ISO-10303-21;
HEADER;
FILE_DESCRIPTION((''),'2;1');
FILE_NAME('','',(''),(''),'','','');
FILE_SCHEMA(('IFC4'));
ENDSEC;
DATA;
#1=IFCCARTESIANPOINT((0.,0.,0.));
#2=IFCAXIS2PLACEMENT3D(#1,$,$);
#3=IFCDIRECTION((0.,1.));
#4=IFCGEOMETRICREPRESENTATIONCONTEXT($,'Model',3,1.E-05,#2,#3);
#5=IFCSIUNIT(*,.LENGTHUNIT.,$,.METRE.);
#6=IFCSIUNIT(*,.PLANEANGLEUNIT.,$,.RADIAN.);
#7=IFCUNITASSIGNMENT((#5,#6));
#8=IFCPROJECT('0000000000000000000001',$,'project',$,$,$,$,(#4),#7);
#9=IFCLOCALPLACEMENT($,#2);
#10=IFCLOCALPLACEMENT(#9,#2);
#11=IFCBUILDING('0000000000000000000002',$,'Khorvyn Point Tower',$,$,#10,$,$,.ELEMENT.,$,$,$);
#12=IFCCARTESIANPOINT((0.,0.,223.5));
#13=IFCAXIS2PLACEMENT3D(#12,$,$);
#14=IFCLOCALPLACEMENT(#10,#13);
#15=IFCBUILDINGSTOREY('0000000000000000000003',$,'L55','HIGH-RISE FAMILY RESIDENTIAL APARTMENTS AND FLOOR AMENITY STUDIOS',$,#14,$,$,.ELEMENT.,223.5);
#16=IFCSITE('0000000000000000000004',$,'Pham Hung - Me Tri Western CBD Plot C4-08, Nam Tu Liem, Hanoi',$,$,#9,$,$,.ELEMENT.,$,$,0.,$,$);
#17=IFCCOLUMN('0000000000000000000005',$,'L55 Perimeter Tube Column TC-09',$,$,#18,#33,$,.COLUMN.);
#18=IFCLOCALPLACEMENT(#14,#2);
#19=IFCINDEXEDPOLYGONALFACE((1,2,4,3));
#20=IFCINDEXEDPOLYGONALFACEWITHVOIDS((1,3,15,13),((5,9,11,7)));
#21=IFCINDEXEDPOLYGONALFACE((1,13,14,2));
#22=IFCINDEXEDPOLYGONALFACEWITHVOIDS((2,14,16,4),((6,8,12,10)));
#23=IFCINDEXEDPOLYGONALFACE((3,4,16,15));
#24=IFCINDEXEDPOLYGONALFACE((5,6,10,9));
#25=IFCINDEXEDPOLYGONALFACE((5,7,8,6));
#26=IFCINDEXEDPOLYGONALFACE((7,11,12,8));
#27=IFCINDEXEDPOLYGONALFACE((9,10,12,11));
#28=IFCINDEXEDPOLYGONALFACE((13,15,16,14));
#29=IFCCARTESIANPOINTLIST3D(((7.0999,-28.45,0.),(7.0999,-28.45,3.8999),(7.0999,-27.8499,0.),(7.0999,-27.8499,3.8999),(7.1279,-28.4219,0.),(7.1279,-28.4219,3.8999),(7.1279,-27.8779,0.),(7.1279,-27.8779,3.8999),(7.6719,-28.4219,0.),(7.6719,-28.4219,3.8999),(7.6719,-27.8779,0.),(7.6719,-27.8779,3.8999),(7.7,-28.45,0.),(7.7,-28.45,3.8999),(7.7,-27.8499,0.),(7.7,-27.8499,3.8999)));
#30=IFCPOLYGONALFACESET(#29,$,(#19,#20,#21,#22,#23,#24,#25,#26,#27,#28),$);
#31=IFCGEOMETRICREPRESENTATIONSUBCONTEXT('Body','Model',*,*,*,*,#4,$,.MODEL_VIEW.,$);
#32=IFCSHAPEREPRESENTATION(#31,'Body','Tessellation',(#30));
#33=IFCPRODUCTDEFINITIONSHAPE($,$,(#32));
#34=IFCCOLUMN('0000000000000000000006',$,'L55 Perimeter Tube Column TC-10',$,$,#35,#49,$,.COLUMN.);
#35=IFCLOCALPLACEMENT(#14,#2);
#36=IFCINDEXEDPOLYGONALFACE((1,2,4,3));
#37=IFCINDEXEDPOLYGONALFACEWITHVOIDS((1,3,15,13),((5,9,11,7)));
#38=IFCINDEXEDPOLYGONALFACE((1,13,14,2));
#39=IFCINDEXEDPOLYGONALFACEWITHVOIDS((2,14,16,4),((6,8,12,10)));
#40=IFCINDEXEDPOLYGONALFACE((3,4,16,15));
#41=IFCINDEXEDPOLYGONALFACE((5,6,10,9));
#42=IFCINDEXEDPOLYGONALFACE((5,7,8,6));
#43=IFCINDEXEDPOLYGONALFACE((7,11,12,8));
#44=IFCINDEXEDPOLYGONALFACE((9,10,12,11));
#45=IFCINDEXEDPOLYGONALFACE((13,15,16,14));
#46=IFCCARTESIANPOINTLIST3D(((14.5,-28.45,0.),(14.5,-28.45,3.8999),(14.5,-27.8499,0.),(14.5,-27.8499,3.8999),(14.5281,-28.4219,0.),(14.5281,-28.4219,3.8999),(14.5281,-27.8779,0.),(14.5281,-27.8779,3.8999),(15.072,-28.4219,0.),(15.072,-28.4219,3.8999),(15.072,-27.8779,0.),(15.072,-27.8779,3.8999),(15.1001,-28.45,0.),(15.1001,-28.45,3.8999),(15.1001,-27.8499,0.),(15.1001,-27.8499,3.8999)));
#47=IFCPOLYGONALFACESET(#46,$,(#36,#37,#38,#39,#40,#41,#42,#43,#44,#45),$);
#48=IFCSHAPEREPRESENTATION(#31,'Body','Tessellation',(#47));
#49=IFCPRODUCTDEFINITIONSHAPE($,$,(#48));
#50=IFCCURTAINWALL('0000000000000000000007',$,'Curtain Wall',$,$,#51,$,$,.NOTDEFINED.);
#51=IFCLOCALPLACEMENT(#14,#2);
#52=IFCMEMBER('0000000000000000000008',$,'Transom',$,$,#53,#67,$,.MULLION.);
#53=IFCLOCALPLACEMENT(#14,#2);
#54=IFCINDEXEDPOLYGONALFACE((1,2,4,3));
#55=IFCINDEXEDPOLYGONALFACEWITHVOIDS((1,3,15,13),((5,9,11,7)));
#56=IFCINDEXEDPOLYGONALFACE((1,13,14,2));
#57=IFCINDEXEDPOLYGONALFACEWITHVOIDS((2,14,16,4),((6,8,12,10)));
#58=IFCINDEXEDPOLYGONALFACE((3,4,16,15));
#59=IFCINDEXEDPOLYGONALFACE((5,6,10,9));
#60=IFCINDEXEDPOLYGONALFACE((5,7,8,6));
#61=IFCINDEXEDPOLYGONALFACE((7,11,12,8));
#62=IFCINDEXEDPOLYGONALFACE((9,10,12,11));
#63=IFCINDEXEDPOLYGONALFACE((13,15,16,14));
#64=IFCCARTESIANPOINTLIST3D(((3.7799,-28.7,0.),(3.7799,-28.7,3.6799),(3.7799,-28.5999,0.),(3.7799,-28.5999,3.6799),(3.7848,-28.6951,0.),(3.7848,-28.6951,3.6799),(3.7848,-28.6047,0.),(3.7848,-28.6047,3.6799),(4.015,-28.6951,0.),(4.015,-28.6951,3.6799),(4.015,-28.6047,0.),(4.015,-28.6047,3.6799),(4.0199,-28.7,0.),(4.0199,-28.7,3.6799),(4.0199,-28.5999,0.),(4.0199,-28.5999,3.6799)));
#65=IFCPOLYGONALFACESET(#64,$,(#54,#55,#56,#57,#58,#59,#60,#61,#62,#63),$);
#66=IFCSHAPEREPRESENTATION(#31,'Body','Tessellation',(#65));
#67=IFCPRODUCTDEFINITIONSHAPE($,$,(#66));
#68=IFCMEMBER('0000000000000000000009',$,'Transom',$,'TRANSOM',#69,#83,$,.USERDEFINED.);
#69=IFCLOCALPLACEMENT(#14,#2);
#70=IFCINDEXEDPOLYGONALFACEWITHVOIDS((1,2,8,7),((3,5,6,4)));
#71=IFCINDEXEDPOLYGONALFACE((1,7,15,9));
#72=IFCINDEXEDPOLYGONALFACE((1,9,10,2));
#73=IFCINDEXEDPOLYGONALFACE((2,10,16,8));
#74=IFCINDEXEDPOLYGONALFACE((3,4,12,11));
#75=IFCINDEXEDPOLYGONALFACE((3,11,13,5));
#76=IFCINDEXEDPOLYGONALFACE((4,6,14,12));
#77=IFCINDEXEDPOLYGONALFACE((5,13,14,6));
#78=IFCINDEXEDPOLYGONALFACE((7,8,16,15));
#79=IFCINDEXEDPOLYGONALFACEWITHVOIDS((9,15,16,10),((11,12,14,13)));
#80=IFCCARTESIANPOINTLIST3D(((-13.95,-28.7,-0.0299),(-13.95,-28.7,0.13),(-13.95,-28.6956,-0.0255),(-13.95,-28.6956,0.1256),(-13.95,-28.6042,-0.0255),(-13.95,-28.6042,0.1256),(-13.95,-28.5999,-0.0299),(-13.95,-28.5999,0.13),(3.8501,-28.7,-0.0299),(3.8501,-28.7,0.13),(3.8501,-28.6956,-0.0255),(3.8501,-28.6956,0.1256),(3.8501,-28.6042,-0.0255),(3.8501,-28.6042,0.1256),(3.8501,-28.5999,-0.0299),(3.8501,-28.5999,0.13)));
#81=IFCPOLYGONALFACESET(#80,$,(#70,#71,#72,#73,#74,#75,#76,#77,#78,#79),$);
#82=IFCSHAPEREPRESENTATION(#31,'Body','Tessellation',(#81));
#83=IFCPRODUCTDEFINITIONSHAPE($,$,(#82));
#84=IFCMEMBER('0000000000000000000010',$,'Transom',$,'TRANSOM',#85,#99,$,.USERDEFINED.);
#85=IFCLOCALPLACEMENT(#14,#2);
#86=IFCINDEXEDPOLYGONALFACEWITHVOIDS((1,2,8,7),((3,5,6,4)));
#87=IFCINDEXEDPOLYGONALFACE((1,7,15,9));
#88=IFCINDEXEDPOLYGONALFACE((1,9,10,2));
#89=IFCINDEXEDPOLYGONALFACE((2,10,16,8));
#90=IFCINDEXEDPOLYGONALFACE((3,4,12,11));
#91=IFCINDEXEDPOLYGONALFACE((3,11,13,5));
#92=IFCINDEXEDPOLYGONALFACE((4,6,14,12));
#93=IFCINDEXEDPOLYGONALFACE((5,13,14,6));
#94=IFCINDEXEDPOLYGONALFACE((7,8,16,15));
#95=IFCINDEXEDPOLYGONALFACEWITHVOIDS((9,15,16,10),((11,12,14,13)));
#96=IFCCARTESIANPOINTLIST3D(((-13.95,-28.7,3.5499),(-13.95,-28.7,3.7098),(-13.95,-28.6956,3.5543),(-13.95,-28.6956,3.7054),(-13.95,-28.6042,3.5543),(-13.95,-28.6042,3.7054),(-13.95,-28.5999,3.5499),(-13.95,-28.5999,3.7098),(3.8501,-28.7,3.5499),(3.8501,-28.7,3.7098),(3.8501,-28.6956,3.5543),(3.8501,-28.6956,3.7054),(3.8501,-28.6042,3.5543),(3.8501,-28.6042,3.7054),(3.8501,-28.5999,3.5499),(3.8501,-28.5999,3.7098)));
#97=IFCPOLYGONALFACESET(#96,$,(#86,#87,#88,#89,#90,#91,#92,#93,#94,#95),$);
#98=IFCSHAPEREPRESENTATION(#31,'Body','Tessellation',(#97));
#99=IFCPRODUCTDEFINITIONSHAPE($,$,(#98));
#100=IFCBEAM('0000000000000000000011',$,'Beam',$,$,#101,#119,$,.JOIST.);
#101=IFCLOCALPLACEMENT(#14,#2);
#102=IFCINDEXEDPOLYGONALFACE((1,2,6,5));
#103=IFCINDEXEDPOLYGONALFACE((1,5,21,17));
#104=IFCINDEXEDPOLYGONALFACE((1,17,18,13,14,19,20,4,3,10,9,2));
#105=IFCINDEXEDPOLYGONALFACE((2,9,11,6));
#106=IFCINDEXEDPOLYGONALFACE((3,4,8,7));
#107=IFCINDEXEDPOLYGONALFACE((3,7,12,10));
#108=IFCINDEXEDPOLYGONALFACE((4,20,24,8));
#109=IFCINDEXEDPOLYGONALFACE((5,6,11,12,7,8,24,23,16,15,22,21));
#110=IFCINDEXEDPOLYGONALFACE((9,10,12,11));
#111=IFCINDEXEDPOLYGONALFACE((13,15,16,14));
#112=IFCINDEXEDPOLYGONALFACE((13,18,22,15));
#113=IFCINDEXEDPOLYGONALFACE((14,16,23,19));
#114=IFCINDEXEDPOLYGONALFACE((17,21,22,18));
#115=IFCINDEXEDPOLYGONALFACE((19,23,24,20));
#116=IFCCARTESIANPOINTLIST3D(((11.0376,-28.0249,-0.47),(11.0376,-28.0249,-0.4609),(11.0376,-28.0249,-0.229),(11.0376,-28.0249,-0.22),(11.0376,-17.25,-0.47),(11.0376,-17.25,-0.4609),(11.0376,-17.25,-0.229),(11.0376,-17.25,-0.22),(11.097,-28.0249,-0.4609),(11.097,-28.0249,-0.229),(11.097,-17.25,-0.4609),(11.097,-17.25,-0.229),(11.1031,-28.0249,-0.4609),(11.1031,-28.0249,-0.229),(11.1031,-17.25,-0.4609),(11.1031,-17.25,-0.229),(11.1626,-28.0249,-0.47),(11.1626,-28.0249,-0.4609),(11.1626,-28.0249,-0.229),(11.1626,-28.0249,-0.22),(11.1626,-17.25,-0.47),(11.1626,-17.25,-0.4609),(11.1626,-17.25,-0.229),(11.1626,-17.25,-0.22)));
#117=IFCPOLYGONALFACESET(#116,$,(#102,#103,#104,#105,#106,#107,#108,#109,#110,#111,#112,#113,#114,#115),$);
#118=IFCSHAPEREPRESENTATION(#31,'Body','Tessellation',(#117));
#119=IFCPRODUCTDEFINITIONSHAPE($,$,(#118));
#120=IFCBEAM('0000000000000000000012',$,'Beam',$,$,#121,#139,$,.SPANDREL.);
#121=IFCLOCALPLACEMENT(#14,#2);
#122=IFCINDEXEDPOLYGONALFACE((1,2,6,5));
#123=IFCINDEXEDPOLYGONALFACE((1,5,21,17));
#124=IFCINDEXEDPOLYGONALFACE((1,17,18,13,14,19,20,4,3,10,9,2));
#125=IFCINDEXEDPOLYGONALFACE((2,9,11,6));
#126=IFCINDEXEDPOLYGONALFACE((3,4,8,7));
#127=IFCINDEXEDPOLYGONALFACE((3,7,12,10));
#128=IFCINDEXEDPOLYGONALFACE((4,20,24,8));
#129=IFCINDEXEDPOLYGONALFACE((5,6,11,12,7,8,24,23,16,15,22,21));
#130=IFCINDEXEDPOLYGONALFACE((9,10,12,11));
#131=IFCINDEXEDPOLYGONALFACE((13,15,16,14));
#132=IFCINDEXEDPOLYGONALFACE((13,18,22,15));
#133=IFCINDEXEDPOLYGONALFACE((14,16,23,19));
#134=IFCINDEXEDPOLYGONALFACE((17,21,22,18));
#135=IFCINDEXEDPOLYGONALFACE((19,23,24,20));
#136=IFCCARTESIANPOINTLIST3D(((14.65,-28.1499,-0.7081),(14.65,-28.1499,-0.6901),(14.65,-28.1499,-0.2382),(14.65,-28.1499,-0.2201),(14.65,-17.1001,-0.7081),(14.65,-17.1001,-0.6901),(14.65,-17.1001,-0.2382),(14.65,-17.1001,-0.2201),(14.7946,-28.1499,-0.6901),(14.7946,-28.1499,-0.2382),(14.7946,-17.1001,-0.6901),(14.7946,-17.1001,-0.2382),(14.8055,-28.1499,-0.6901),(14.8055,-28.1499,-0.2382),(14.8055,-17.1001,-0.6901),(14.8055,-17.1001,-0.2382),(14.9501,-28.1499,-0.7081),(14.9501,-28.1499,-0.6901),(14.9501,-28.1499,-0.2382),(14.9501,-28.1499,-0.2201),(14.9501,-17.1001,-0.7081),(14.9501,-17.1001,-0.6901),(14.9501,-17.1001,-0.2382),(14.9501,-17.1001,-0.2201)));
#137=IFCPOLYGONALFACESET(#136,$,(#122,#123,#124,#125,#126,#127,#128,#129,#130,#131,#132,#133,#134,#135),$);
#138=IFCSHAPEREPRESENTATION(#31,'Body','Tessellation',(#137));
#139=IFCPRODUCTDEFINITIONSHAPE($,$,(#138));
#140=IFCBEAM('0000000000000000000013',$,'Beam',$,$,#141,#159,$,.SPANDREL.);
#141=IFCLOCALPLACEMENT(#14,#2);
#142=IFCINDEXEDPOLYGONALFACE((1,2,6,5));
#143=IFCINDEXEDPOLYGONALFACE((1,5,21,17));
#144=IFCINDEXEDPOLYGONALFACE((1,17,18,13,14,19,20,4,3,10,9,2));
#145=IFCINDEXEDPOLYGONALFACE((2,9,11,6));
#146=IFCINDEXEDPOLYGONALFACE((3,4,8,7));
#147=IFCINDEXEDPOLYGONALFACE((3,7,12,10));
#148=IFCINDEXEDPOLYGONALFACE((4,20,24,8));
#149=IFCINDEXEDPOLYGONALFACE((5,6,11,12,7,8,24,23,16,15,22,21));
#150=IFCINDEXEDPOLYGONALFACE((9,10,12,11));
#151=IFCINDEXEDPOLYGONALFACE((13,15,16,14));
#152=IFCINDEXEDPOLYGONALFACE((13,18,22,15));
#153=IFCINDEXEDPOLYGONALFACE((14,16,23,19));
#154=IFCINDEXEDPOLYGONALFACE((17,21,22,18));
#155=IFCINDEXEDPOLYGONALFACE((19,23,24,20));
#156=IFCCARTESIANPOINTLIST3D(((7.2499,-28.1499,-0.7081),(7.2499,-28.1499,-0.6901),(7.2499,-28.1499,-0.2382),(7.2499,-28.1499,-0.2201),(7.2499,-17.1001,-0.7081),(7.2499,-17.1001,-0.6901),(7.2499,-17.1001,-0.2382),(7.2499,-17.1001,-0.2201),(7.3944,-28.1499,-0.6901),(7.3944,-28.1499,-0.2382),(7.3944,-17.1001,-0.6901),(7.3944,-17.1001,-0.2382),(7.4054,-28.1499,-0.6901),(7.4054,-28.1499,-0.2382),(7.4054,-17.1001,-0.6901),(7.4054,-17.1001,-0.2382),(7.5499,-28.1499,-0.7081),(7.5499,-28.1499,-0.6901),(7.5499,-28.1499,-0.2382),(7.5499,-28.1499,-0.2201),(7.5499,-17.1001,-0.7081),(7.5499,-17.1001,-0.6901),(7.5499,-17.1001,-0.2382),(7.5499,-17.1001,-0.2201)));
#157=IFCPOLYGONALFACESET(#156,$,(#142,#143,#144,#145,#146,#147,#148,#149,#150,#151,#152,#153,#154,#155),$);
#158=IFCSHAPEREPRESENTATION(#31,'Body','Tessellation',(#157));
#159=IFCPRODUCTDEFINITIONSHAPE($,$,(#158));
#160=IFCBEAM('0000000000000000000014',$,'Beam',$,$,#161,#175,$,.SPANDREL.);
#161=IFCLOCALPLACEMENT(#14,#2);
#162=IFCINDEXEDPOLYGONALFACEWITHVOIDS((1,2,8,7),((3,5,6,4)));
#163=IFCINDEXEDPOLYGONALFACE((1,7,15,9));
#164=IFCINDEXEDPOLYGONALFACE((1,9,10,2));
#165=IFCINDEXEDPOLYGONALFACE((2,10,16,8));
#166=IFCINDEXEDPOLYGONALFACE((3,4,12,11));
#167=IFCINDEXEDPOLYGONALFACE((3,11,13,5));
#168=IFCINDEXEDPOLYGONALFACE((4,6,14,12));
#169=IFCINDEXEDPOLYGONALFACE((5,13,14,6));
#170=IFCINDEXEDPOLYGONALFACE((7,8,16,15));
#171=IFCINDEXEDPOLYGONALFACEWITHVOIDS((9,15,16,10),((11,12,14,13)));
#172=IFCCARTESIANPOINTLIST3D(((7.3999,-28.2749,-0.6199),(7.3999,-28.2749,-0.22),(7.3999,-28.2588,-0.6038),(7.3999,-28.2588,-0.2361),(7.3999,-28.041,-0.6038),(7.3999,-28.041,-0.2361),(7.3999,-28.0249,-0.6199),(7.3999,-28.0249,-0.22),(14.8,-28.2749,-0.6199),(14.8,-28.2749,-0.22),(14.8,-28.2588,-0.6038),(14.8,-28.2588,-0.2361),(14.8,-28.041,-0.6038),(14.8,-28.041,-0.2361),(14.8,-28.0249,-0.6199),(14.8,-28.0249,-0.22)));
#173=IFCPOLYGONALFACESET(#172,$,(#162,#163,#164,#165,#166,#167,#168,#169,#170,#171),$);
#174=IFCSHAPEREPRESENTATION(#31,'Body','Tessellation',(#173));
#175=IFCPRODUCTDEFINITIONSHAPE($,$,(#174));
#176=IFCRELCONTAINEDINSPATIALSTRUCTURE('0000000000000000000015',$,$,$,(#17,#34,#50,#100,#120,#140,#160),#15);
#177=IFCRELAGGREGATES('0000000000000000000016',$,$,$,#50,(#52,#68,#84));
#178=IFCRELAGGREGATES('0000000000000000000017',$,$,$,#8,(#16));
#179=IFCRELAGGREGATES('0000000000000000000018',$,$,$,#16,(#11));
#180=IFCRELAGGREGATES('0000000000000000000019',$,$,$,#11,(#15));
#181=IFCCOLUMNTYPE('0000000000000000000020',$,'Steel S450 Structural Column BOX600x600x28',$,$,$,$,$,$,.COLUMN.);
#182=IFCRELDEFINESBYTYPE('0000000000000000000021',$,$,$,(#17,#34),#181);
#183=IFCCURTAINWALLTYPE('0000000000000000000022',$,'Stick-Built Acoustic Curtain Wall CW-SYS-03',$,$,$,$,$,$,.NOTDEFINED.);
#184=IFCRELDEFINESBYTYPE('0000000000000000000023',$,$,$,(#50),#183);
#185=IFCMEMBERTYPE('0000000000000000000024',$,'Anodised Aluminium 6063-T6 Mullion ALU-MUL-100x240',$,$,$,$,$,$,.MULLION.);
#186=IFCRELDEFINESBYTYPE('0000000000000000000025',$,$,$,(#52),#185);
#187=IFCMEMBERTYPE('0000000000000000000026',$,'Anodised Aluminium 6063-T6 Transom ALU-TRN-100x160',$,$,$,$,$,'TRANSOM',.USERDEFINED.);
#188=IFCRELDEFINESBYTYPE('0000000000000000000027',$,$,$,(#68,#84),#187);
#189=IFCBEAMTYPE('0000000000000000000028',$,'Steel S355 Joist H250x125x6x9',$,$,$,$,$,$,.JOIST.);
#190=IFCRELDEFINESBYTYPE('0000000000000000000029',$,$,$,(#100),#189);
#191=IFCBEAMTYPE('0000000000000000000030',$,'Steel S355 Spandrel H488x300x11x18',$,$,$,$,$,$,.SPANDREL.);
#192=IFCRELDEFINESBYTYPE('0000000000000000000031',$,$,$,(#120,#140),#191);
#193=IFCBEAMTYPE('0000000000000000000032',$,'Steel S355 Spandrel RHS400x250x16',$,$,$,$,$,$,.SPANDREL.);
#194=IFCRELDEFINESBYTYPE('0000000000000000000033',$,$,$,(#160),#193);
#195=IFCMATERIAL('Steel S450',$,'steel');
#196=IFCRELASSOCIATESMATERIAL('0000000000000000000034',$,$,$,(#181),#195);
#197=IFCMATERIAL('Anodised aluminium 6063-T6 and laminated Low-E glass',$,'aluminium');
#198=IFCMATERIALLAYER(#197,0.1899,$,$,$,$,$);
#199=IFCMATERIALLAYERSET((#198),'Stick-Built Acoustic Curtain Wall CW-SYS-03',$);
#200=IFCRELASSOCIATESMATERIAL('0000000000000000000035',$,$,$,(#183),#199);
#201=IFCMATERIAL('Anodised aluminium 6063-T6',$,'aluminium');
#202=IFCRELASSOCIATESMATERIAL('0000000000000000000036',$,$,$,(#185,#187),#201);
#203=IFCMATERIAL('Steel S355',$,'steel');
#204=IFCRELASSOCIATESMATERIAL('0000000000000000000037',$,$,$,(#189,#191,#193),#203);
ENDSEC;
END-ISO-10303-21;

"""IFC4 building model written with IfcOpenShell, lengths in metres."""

from ifc_helpers import new_model, si_unit, direction, frame, origin, origin_2d, place, context, subcontext, project, spatial, hollow_rectangle, i_section, extrude, material, layer, layer_set, material_profile, profile_set, type_object, element, aggregate, save


model = new_model("IFC4")

# Units and contexts
model_context = context("Model", 3, precision=1e-05, world=origin(), true_north=direction((0.0, 1.0)))
body_context = subcontext(model_context, "Body", "Model", "MODEL_VIEW")
ifc_project = project(units=[si_unit("LENGTHUNIT", "METRE"), si_unit("PLANEANGLEUNIT", "RADIAN")], contexts=[model_context])

# Site, building, storey
site_placement = place(None, origin())
site = spatial("IfcSite", under=ifc_project, at=site_placement, Name="Pham Hung - Me Tri Western CBD Plot C4-08, Nam Tu Liem, Hanoi", CompositionType="ELEMENT", RefElevation=0.0)
building_placement = place(site_placement, origin())
building = spatial("IfcBuilding", under=site, at=building_placement, Name="Khorvyn Point Tower", CompositionType="ELEMENT")
storey_placement = place(building_placement, frame((0.0, 0.0, 223.5)))
storey = spatial("IfcBuildingStorey", under=building, at=storey_placement, Name="L55", Description="HIGH-RISE FAMILY RESIDENTIAL APARTMENTS AND FLOOR AMENITY STUDIOS", CompositionType="ELEMENT", Elevation=223.5)

# Columns
ifc_material_1 = material(Name="Steel S450", Category="steel")
ifc_material_profile_1 = material_profile(ifc_material_1, hollow_rectangle(XDim=0.6001, YDim=0.6001, WallThickness=0.0281, at=origin_2d()))
ifc_profile_set_1 = profile_set([ifc_material_profile_1], Name="Steel S450 BOX600x600x28")
column_type = type_object("IfcColumnType", Name="Steel S450 Structural Column BOX600x600x28", PredefinedType="COLUMN", material=ifc_profile_set_1)
for number, where, z_axis, x_axis, name in (
    (1, (7.3999, -28.1499, 0.0), (0.0, 0.0, 1.0), (1.0, 0.0, 0.0), "L55 Perimeter Tube Column TC-09"),
    (2, (14.8, -28.1499, 0.0), (0.0, 0.0, 1.0), (1.0, 0.0, 0.0), "L55 Perimeter Tube Column TC-10"),
):
    element("IfcColumn", number, at=place(storey_placement, frame(where, z_axis=z_axis, x_axis=x_axis)), inside=storey, type_object=column_type, Name=name, PredefinedType="COLUMN", context=body_context, shape_type="SweptSolid", body=[
        extrude(hollow_rectangle(XDim=0.6001, YDim=0.6001, WallThickness=0.0281, at=origin_2d()), origin(), (0.0, 0.0, 1.0), 3.8999),
    ])

# Curtain wall, members
ifc_material_2 = material(Name="Anodised aluminium 6063-T6 and laminated Low-E glass", Category="aluminium")
ifc_layer_1 = layer(ifc_material_2, 0.1899)
ifc_layer_set_1 = layer_set([ifc_layer_1], Name="Stick-Built Acoustic Curtain Wall CW-SYS-03")
curtain_wall_type = type_object("IfcCurtainWallType", Name="Stick-Built Acoustic Curtain Wall CW-SYS-03", PredefinedType="NOTDEFINED", material=ifc_layer_set_1)
curtain_wall_placement = place(storey_placement, origin())
curtain_wall = element("IfcCurtainWall", 3, at=curtain_wall_placement, inside=storey, type_object=curtain_wall_type, Name="Curtain Wall", PredefinedType="NOTDEFINED")
ifc_material_3 = material(Name="Anodised aluminium 6063-T6", Category="aluminium")
ifc_material_profile_2 = material_profile(ifc_material_3, hollow_rectangle(XDim=0.1001, YDim=0.24, WallThickness=0.0049, at=origin_2d()))
ifc_profile_set_2 = profile_set([ifc_material_profile_2], Name="Anodised aluminium 6063-T6 ALU-MUL-100x240")
member_type_1 = type_object("IfcMemberType", Name="Anodised Aluminium 6063-T6 Mullion ALU-MUL-100x240", PredefinedType="MULLION", material=ifc_profile_set_2)
member_1_placement = place(storey_placement, frame((3.8999, -28.6499, 0.0), z_axis=(0.0, 0.0, 1.0), x_axis=(0.0, -1.0, 0.0)))
member_1 = element("IfcMember", 4, at=member_1_placement, type_object=member_type_1, Name="Transom", PredefinedType="MULLION", context=body_context, shape_type="SweptSolid", body=[
    extrude(hollow_rectangle(XDim=0.1001, YDim=0.24, WallThickness=0.0049, at=origin_2d()), origin(), (0.0, 0.0, 1.0), 3.6799),
])
ifc_material_profile_3 = material_profile(ifc_material_3, hollow_rectangle(XDim=0.1001, YDim=0.1599, WallThickness=0.0044, at=origin_2d()))
ifc_profile_set_3 = profile_set([ifc_material_profile_3], Name="Anodised aluminium 6063-T6 ALU-TRN-100x160")
member_type_2 = type_object("IfcMemberType", Name="Anodised Aluminium 6063-T6 Transom ALU-TRN-100x160", ElementType="TRANSOM", PredefinedType="USERDEFINED", material=ifc_profile_set_3)
member_2_placement = place(storey_placement, frame((3.8501, -28.6499, 0.05), z_axis=(-1.0, 0.0, 0.0), x_axis=(0.0, -1.0, 0.0)))
member_2 = element("IfcMember", 5, at=member_2_placement, type_object=member_type_2, Name="Transom", ObjectType="TRANSOM", PredefinedType="USERDEFINED", context=body_context, shape_type="SweptSolid", body=[
    extrude(hollow_rectangle(XDim=0.1001, YDim=0.1599, WallThickness=0.0044, at=origin_2d()), origin(), (0.0, 0.0, 1.0), 17.8),
])
member_3_placement = place(storey_placement, frame((3.8501, -28.6499, 3.6299), z_axis=(-1.0, 0.0, 0.0), x_axis=(0.0, -1.0, 0.0)))
member_3 = element("IfcMember", 6, at=member_3_placement, type_object=member_type_2, Name="Transom", ObjectType="TRANSOM", PredefinedType="USERDEFINED", context=body_context, shape_type="SweptSolid", body=[
    extrude(hollow_rectangle(XDim=0.1001, YDim=0.1599, WallThickness=0.0044, at=origin_2d()), origin(), (0.0, 0.0, 1.0), 17.8),
])

# Beams
ifc_material_4 = material(Name="Steel S355", Category="steel")
ifc_material_profile_4 = material_profile(ifc_material_4, i_section(OverallWidth=0.125, OverallDepth=0.25, WebThickness=0.0061, FlangeThickness=0.009, at=origin_2d()))
ifc_profile_set_4 = profile_set([ifc_material_profile_4], Name="Steel S355 H250x125x6x9")
beam_type_1 = type_object("IfcBeamType", Name="Steel S355 Joist H250x125x6x9", PredefinedType="JOIST", material=ifc_profile_set_4)
beam_1_placement = place(storey_placement, frame((11.1001, -28.0249, -0.345), z_axis=(0.0, 1.0, 0.0), x_axis=(-1.0, 0.0, 0.0)))
element("IfcBeam", 7, at=beam_1_placement, inside=storey, type_object=beam_type_1, Name="Beam", PredefinedType="JOIST", context=body_context, shape_type="SweptSolid", body=[
    extrude(i_section(OverallWidth=0.125, OverallDepth=0.25, WebThickness=0.0061, FlangeThickness=0.009, at=origin_2d()), origin(), (0.0, 0.0, 1.0), 10.7749),
])
ifc_material_profile_5 = material_profile(ifc_material_4, i_section(OverallWidth=0.3, OverallDepth=0.488, WebThickness=0.011, FlangeThickness=0.0181, at=origin_2d()))
ifc_profile_set_5 = profile_set([ifc_material_profile_5], Name="Steel S355 H488x300x11x18")
beam_type_2 = type_object("IfcBeamType", Name="Steel S355 Spandrel H488x300x11x18", PredefinedType="SPANDREL", material=ifc_profile_set_5)
for number, where, z_axis, x_axis, name in (
    (8, (14.8, -28.1499, -0.4641), (0.0, 1.0, 0.0), (-1.0, 0.0, 0.0), "Beam"),
    (9, (7.3999, -28.1499, -0.4641), (0.0, 1.0, 0.0), (-1.0, 0.0, 0.0), "Beam"),
):
    element("IfcBeam", number, at=place(storey_placement, frame(where, z_axis=z_axis, x_axis=x_axis)), inside=storey, type_object=beam_type_2, Name=name, PredefinedType="SPANDREL", context=body_context, shape_type="SweptSolid", body=[
        extrude(i_section(OverallWidth=0.3, OverallDepth=0.488, WebThickness=0.011, FlangeThickness=0.0181, at=origin_2d()), origin(), (0.0, 0.0, 1.0), 11.0498),
    ])
ifc_material_profile_6 = material_profile(ifc_material_4, hollow_rectangle(XDim=0.25, YDim=0.3999, WallThickness=0.0161, at=origin_2d()))
ifc_profile_set_6 = profile_set([ifc_material_profile_6], Name="Steel S355 RHS400x250x16")
beam_type_3 = type_object("IfcBeamType", Name="Steel S355 Spandrel RHS400x250x16", PredefinedType="SPANDREL", material=ifc_profile_set_6)
beam_2_placement = place(storey_placement, frame((7.3999, -28.1499, -0.4199), z_axis=(1.0, 0.0, 0.0), x_axis=(0.0, 1.0, 0.0)))
element("IfcBeam", 10, at=beam_2_placement, inside=storey, type_object=beam_type_3, Name="Beam", PredefinedType="SPANDREL", context=body_context, shape_type="SweptSolid", body=[
    extrude(hollow_rectangle(XDim=0.25, YDim=0.3999, WallThickness=0.0161, at=origin_2d()), origin(), (0.0, 0.0, 1.0), 7.4001),
])

aggregate(curtain_wall, [member_1, member_2, member_3])

save(model, "model.ifc")
